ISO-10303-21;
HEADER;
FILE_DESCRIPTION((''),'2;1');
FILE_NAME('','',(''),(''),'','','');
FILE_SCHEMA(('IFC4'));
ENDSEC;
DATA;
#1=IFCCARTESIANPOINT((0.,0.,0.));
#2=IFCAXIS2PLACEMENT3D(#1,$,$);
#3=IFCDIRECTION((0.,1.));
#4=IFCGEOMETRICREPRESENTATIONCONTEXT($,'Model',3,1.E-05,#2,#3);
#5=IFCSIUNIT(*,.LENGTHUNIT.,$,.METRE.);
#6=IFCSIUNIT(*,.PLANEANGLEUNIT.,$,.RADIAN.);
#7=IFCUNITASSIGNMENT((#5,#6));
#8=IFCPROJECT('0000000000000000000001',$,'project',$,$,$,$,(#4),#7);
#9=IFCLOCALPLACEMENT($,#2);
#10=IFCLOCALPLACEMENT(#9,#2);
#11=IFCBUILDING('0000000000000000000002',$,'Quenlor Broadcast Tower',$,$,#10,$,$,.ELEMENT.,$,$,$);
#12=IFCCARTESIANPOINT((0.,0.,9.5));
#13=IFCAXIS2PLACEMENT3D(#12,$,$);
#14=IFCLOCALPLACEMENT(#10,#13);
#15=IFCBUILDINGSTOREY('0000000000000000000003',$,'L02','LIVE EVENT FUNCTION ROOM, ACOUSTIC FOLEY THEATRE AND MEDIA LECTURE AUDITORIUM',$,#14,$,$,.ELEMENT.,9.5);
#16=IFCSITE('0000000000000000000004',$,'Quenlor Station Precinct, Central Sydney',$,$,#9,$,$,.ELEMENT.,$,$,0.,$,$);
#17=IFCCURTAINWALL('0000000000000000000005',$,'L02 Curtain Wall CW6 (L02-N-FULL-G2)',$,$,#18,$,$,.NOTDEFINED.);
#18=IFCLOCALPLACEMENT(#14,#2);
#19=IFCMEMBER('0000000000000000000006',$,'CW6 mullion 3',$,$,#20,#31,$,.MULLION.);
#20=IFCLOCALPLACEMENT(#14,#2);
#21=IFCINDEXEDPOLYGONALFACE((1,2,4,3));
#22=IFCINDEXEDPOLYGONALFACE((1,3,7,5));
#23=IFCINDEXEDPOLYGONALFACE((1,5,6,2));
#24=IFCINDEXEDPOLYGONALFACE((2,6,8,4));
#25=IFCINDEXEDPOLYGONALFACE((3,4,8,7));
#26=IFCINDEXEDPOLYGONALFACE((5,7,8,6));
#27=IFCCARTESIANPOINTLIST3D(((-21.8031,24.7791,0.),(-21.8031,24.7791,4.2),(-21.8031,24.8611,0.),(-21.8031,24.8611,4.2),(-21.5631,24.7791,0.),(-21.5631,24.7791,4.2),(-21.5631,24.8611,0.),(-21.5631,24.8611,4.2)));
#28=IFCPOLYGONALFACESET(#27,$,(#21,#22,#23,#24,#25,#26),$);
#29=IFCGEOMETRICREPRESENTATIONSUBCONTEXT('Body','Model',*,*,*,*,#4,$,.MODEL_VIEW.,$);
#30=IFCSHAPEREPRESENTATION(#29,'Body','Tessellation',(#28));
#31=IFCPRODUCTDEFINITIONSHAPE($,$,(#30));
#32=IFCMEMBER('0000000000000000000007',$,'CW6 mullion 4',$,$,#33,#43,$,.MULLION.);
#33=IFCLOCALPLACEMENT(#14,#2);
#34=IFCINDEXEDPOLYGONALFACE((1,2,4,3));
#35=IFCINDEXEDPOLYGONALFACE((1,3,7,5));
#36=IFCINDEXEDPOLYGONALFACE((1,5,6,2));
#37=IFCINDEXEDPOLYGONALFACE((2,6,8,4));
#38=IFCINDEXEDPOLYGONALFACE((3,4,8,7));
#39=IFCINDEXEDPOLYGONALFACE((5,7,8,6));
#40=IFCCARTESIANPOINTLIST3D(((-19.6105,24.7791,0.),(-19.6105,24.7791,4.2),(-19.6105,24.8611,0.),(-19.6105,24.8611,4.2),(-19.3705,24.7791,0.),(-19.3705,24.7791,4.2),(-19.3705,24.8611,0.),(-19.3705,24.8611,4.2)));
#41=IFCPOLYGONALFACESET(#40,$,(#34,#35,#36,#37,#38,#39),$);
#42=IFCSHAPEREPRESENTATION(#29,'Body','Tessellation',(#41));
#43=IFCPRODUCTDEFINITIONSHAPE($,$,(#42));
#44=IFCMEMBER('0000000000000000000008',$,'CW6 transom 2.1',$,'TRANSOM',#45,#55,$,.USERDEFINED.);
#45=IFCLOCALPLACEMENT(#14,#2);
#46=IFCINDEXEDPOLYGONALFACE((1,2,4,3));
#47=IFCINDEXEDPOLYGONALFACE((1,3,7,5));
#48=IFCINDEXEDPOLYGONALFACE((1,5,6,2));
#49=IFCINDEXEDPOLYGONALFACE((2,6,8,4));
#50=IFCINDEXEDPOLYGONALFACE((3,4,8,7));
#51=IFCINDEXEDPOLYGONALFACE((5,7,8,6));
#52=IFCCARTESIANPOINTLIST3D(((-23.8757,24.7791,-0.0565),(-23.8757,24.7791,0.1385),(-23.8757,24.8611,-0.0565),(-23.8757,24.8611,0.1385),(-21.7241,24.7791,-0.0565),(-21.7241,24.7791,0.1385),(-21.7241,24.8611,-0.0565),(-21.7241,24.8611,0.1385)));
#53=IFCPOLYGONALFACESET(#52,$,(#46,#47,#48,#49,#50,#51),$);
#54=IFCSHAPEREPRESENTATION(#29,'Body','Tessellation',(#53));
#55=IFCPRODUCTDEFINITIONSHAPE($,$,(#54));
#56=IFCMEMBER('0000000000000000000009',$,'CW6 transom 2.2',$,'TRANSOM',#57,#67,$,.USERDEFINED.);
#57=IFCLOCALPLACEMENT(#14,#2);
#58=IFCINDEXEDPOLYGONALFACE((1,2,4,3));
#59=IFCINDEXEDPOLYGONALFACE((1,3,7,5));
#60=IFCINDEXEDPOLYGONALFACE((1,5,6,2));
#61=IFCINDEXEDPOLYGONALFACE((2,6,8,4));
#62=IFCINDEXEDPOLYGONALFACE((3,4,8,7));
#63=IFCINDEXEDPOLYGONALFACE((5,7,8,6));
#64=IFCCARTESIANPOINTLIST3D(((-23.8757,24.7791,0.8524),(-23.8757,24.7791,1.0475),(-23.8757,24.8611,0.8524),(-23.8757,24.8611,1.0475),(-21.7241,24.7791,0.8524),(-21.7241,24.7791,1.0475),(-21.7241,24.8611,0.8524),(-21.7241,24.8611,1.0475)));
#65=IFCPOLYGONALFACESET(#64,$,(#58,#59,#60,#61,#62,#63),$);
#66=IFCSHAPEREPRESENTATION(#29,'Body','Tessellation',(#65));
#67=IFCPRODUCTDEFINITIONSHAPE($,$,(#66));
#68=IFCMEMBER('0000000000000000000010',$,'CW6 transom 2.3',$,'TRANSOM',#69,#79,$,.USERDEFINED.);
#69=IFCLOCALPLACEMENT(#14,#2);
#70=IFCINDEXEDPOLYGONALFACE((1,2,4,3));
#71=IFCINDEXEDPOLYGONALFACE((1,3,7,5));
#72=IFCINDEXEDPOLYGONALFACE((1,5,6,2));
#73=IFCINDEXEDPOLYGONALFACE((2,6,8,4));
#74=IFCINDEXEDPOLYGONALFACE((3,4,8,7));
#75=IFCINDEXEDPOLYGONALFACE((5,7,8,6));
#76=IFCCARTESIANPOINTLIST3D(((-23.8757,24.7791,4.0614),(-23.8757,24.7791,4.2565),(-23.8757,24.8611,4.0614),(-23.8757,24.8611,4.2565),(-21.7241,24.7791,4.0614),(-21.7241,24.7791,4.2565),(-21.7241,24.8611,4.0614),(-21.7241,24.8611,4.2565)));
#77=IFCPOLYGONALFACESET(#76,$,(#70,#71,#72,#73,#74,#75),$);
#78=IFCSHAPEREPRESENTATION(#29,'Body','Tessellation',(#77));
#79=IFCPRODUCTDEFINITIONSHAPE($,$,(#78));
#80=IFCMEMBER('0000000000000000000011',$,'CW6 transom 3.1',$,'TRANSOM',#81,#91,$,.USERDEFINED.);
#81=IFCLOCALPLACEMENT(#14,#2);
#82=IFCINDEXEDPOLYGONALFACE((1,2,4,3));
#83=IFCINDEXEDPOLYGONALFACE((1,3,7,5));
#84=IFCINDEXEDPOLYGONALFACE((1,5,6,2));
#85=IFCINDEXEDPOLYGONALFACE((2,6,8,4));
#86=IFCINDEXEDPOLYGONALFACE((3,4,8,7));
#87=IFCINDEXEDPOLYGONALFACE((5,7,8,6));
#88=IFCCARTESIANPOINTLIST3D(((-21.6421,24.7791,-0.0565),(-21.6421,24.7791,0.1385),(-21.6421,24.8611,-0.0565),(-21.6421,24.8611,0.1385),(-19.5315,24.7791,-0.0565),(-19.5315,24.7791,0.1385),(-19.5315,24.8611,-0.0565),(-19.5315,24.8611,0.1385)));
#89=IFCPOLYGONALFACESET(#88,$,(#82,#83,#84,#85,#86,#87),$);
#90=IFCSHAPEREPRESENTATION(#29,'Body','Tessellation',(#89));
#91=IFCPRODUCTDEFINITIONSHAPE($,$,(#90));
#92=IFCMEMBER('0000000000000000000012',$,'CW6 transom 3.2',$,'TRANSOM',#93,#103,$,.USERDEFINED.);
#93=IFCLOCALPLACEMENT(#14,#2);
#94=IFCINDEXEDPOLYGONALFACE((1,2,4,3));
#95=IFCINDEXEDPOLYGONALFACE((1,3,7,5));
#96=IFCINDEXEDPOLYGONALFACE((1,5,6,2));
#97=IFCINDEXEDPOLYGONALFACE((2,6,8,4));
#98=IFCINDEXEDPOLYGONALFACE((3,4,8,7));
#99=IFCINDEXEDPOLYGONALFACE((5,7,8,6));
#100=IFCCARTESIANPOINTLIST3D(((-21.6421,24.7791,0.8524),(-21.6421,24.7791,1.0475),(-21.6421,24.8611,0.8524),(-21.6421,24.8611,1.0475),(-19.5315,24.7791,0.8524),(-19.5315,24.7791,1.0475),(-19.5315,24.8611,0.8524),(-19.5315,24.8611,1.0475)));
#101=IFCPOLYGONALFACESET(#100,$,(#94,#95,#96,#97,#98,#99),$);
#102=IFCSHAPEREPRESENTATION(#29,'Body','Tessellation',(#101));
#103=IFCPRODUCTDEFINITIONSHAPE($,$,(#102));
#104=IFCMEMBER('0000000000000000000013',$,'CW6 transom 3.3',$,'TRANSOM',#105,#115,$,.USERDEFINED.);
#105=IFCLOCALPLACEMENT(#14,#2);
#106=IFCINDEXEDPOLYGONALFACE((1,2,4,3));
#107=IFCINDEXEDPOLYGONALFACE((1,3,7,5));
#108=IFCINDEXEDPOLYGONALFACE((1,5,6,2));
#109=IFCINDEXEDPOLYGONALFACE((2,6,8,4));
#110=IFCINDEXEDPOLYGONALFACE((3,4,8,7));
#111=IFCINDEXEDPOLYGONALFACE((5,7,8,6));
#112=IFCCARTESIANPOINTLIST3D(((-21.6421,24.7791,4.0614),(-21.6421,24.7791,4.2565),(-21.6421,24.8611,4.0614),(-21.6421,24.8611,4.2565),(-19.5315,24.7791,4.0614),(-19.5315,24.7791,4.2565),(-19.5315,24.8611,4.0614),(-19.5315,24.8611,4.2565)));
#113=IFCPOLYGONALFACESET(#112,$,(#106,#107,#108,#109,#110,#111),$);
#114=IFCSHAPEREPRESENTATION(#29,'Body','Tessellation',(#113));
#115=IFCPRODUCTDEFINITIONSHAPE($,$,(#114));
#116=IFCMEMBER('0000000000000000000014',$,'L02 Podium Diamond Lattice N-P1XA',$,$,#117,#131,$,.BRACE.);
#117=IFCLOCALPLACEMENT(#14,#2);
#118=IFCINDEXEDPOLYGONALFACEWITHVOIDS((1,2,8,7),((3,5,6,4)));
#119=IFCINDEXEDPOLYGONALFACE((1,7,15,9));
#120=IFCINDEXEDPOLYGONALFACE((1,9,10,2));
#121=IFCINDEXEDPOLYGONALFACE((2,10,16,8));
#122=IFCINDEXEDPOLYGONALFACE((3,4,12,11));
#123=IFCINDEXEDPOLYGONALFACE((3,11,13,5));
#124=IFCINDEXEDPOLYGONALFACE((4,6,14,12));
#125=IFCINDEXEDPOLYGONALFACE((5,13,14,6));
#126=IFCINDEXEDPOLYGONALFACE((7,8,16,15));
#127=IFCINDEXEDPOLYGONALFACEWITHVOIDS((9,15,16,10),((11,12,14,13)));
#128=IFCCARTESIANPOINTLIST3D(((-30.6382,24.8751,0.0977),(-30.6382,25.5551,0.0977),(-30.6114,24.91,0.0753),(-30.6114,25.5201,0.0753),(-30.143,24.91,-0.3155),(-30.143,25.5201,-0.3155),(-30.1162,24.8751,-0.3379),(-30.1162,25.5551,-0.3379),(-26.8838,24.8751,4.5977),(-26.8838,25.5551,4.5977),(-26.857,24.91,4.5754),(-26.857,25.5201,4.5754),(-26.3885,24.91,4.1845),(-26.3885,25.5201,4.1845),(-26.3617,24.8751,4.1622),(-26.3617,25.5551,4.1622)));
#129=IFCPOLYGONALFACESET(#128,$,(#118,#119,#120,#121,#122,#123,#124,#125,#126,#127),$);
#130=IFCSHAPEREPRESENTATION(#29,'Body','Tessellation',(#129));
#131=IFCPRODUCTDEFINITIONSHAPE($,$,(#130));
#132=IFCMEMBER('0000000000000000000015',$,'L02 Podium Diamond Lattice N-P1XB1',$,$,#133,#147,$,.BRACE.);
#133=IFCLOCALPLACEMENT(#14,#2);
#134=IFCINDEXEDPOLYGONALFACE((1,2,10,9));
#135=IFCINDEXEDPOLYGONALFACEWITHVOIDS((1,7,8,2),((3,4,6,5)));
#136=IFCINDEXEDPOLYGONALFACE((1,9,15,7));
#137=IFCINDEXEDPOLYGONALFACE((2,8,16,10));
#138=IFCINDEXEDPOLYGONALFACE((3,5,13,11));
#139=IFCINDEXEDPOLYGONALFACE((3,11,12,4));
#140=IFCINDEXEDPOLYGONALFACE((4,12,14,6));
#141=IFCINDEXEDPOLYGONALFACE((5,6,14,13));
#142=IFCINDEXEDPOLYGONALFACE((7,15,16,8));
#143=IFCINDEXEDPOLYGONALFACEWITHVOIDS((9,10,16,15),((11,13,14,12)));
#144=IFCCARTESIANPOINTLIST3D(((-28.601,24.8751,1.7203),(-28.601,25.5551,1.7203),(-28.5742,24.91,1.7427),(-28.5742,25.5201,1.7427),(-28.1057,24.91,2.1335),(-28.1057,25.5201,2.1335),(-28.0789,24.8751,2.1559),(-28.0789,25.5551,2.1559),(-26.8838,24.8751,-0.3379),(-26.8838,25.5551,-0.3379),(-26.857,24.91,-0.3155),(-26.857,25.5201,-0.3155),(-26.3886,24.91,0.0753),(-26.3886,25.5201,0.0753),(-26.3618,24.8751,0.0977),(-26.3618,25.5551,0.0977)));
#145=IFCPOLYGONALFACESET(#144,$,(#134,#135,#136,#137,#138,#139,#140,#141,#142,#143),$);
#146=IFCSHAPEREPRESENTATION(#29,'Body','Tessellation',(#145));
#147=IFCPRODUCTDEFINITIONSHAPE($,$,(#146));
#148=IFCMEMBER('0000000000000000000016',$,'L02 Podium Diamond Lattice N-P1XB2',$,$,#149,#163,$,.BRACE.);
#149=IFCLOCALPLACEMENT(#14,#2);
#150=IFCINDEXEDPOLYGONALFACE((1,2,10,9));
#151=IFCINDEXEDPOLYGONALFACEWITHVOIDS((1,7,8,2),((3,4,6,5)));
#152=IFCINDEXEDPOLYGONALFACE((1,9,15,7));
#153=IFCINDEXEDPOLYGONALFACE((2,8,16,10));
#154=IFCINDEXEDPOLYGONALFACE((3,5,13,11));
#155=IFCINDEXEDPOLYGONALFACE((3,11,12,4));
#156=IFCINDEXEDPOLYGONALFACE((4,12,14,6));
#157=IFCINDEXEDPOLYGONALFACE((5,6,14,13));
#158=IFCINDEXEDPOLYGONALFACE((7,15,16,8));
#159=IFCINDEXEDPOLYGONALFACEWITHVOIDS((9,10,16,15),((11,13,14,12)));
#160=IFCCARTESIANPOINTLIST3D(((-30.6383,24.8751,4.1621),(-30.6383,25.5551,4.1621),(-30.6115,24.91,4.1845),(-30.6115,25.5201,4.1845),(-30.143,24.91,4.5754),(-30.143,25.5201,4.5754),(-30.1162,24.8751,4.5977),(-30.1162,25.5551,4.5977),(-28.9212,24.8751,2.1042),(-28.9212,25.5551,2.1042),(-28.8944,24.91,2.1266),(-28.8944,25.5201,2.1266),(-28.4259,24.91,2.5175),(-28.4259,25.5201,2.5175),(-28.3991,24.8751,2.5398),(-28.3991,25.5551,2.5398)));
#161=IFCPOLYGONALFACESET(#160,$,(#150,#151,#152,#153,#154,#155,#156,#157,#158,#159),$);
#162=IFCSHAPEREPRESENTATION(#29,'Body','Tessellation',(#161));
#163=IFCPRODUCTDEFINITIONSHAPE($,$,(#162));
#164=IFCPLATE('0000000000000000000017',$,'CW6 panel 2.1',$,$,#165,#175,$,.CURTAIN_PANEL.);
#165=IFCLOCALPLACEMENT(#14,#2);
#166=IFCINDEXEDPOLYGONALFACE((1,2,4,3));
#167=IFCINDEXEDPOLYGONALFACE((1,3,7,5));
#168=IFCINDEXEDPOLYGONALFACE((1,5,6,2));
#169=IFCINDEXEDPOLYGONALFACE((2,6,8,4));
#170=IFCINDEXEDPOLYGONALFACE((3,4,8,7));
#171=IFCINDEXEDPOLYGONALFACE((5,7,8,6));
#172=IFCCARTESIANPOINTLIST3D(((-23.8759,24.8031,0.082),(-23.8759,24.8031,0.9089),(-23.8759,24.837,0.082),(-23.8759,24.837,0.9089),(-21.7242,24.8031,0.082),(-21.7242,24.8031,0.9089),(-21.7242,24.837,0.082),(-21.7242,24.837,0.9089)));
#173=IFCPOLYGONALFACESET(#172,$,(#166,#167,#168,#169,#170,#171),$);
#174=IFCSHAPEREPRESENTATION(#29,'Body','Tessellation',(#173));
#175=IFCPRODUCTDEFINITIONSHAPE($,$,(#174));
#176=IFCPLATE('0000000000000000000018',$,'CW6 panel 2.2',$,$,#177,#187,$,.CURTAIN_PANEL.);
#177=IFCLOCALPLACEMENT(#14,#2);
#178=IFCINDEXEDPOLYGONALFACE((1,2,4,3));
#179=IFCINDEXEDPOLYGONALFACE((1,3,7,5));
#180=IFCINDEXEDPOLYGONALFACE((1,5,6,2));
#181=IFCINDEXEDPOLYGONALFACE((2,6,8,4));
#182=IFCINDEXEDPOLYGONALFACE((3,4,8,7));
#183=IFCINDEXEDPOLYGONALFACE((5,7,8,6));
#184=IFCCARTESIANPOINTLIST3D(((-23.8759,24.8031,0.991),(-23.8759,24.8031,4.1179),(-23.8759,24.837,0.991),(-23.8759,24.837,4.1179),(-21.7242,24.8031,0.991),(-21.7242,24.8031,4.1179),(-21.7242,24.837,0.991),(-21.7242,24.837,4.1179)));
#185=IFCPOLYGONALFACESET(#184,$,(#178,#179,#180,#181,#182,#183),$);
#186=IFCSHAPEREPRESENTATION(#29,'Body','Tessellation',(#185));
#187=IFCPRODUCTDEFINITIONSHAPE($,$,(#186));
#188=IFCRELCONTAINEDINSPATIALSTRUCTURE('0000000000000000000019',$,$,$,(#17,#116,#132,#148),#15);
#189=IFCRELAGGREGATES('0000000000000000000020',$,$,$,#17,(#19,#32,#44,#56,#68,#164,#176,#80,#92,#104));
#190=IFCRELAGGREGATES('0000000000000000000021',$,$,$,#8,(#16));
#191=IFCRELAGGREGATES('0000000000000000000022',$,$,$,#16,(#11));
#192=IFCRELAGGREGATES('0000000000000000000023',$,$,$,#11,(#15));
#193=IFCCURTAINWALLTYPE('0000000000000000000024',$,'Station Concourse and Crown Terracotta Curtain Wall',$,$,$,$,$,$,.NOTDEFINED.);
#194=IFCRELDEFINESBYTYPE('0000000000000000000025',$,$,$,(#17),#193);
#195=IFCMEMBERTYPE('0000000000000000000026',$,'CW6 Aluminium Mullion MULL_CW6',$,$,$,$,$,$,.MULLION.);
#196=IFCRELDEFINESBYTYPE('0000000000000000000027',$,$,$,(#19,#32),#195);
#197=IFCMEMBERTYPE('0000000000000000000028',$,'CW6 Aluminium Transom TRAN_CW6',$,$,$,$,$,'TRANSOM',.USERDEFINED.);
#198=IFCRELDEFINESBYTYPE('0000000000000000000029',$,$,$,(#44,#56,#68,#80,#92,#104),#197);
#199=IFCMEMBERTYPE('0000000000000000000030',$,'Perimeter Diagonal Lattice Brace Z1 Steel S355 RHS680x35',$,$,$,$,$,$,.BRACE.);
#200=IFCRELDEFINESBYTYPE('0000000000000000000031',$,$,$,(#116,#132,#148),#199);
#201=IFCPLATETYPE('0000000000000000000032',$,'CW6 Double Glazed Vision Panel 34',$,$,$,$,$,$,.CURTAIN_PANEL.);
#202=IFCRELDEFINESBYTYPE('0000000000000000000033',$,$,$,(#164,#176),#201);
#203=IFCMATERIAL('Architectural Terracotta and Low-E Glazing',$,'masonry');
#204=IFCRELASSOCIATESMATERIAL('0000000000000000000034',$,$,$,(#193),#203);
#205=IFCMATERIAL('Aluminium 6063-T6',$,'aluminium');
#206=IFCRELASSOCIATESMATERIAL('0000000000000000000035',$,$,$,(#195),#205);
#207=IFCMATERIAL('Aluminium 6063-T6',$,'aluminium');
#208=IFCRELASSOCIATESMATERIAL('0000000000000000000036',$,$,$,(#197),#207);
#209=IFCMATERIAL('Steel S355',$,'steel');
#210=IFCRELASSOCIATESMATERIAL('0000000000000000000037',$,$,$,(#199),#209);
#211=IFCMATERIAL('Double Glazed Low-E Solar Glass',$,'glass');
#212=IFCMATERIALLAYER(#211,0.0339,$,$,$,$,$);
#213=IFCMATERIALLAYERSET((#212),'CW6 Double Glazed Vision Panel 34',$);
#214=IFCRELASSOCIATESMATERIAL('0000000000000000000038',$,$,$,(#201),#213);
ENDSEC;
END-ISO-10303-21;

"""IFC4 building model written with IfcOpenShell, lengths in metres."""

from ifc_helpers import new_model, si_unit, direction, frame, origin, origin_2d, place, context, subcontext, project, spatial, rectangle, hollow_rectangle, extrude, material, layer, layer_set, material_profile, profile_set, type_object, element, aggregate, save


model = new_model("IFC4")

# Units and contexts
model_context = context("Model", 3, precision=1e-05, world=origin(), true_north=direction((0.0, 1.0)))
body_context = subcontext(model_context, "Body", "Model", "MODEL_VIEW")
ifc_project = project(units=[si_unit("LENGTHUNIT", "METRE"), si_unit("PLANEANGLEUNIT", "RADIAN")], contexts=[model_context])

# Site, building, storey
site_placement = place(None, origin())
site = spatial("IfcSite", under=ifc_project, at=site_placement, Name="Quenlor Station Precinct, Central Sydney", CompositionType="ELEMENT", RefElevation=0.0)
building_placement = place(site_placement, origin())
building = spatial("IfcBuilding", under=site, at=building_placement, Name="Quenlor Broadcast Tower", CompositionType="ELEMENT")
storey_placement = place(building_placement, frame((0.0, 0.0, 9.5)))
storey = spatial("IfcBuildingStorey", under=building, at=storey_placement, Name="L02", Description="LIVE EVENT FUNCTION ROOM, ACOUSTIC FOLEY THEATRE AND MEDIA LECTURE AUDITORIUM", CompositionType="ELEMENT", Elevation=9.5)

# Curtain wall, members
ifc_material_1 = material(Name="Architectural Terracotta and Low-E Glazing", Category="masonry")
curtain_wall_type = type_object("IfcCurtainWallType", Name="Station Concourse and Crown Terracotta Curtain Wall", PredefinedType="NOTDEFINED", material=ifc_material_1)
curtain_wall_placement = place(storey_placement, origin())
curtain_wall = element("IfcCurtainWall", 1, at=curtain_wall_placement, inside=storey, type_object=curtain_wall_type, Name="L02 Curtain Wall CW6 (L02-N-FULL-G2)", PredefinedType="NOTDEFINED")
ifc_material_2 = material(Name="Aluminium 6063-T6", Category="aluminium")
ifc_material_profile_1 = material_profile(ifc_material_2, rectangle(XDim=0.082, YDim=0.24, at=origin_2d()))
ifc_profile_set_1 = profile_set([ifc_material_profile_1], Name="Aluminium 6063-T6 MULL82x240")
member_type_1 = type_object("IfcMemberType", Name="CW6 Aluminium Mullion MULL_CW6", PredefinedType="MULLION", material=ifc_profile_set_1)
member_1_placement = place(storey_placement, frame((-21.6831, 24.8201, 0.0), z_axis=(0.0, 0.0, 1.0), x_axis=(0.0, 1.0, 0.0)))
member_1 = element("IfcMember", 2, at=member_1_placement, type_object=member_type_1, Name="CW6 mullion 3", PredefinedType="MULLION", context=body_context, shape_type="SweptSolid", body=[
    extrude(rectangle(XDim=0.082, YDim=0.24, at=origin_2d()), origin(), (0.0, 0.0, 1.0), 4.2),
])
member_2_placement = place(storey_placement, frame((-19.4905, 24.8201, 0.0), z_axis=(0.0, 0.0, 1.0), x_axis=(0.0, 1.0, 0.0)))
member_2 = element("IfcMember", 3, at=member_2_placement, type_object=member_type_1, Name="CW6 mullion 4", PredefinedType="MULLION", context=body_context, shape_type="SweptSolid", body=[
    extrude(rectangle(XDim=0.082, YDim=0.24, at=origin_2d()), origin(), (0.0, 0.0, 1.0), 4.2),
])
ifc_material_3 = material(Name="Aluminium 6063-T6", Category="aluminium")
ifc_material_profile_2 = material_profile(ifc_material_3, rectangle(XDim=0.082, YDim=0.1951, at=origin_2d()))
ifc_profile_set_2 = profile_set([ifc_material_profile_2], Name="Aluminium 6063-T6 TRAN82x195")
member_type_2 = type_object("IfcMemberType", Name="CW6 Aluminium Transom TRAN_CW6", ElementType="TRANSOM", PredefinedType="USERDEFINED", material=ifc_profile_set_2)
member_3_placement = place(storey_placement, frame((-23.8757, 24.8201, 0.041), z_axis=(1.0, 0.0, 0.0), x_axis=(0.0, 1.0, 0.0)))
member_3 = element("IfcMember", 4, at=member_3_placement, type_object=member_type_2, Name="CW6 transom 2.1", ObjectType="TRANSOM", PredefinedType="USERDEFINED", context=body_context, shape_type="SweptSolid", body=[
    extrude(rectangle(XDim=0.082, YDim=0.1951, at=origin_2d()), origin(), (0.0, 0.0, 1.0), 2.1516),
])
member_4_placement = place(storey_placement, frame((-23.8757, 24.8201, 0.95), z_axis=(1.0, 0.0, 0.0), x_axis=(0.0, 1.0, 0.0)))
member_4 = element("IfcMember", 5, at=member_4_placement, type_object=member_type_2, Name="CW6 transom 2.2", ObjectType="TRANSOM", PredefinedType="USERDEFINED", context=body_context, shape_type="SweptSolid", body=[
    extrude(rectangle(XDim=0.082, YDim=0.1951, at=origin_2d()), origin(), (0.0, 0.0, 1.0), 2.1516),
])
member_5_placement = place(storey_placement, frame((-23.8757, 24.8201, 4.1589), z_axis=(1.0, 0.0, 0.0), x_axis=(0.0, 1.0, 0.0)))
member_5 = element("IfcMember", 6, at=member_5_placement, type_object=member_type_2, Name="CW6 transom 2.3", ObjectType="TRANSOM", PredefinedType="USERDEFINED", context=body_context, shape_type="SweptSolid", body=[
    extrude(rectangle(XDim=0.082, YDim=0.1951, at=origin_2d()), origin(), (0.0, 0.0, 1.0), 2.1516),
])
member_6_placement = place(storey_placement, frame((-21.6421, 24.8201, 0.041), z_axis=(1.0, 0.0, 0.0), x_axis=(0.0, 1.0, 0.0)))
member_6 = element("IfcMember", 7, at=member_6_placement, type_object=member_type_2, Name="CW6 transom 3.1", ObjectType="TRANSOM", PredefinedType="USERDEFINED", context=body_context, shape_type="SweptSolid", body=[
    extrude(rectangle(XDim=0.082, YDim=0.1951, at=origin_2d()), origin(), (0.0, 0.0, 1.0), 2.1106),
])
member_7_placement = place(storey_placement, frame((-21.6421, 24.8201, 0.95), z_axis=(1.0, 0.0, 0.0), x_axis=(0.0, 1.0, 0.0)))
member_7 = element("IfcMember", 8, at=member_7_placement, type_object=member_type_2, Name="CW6 transom 3.2", ObjectType="TRANSOM", PredefinedType="USERDEFINED", context=body_context, shape_type="SweptSolid", body=[
    extrude(rectangle(XDim=0.082, YDim=0.1951, at=origin_2d()), origin(), (0.0, 0.0, 1.0), 2.1106),
])
member_8_placement = place(storey_placement, frame((-21.6421, 24.8201, 4.1589), z_axis=(1.0, 0.0, 0.0), x_axis=(0.0, 1.0, 0.0)))
member_8 = element("IfcMember", 9, at=member_8_placement, type_object=member_type_2, Name="CW6 transom 3.3", ObjectType="TRANSOM", PredefinedType="USERDEFINED", context=body_context, shape_type="SweptSolid", body=[
    extrude(rectangle(XDim=0.082, YDim=0.1951, at=origin_2d()), origin(), (0.0, 0.0, 1.0), 2.1106),
])

# Members
ifc_material_4 = material(Name="Steel S355", Category="steel")
ifc_material_profile_3 = material_profile(ifc_material_4, hollow_rectangle(XDim=0.6799, YDim=0.6799, WallThickness=0.0349, at=origin_2d()))
ifc_profile_set_3 = profile_set([ifc_material_profile_3], Name="Steel S355 RHS680x680x35")
member_type_3 = type_object("IfcMemberType", Name="Perimeter Diagonal Lattice Brace Z1 Steel S355 RHS680x35", PredefinedType="BRACE", material=ifc_profile_set_3)
member_9_placement = place(storey_placement, frame((-30.3772, 25.2151, -0.1201), z_axis=(0.640627, 0.0, 0.767852), x_axis=(0.0, 1.0, 0.0)))
element("IfcMember", 10, at=member_9_placement, inside=storey, type_object=member_type_3, Name="L02 Podium Diamond Lattice N-P1XA", PredefinedType="BRACE", context=body_context, shape_type="SweptSolid", body=[
    extrude(hollow_rectangle(XDim=0.6799, YDim=0.6799, WallThickness=0.0349, at=origin_2d()), origin(), (0.0, 0.0, 1.0), 5.8606),
])
member_10_placement = place(storey_placement, frame((-26.6228, 25.2151, -0.1201), z_axis=(-0.640614, 0.0, 0.767863), x_axis=(0.0, -1.0, 0.0)))
element("IfcMember", 11, at=member_10_placement, inside=storey, type_object=member_type_3, Name="L02 Podium Diamond Lattice N-P1XB1", PredefinedType="BRACE", context=body_context, shape_type="SweptSolid", body=[
    extrude(hollow_rectangle(XDim=0.6799, YDim=0.6799, WallThickness=0.0349, at=origin_2d()), origin(), (0.0, 0.0, 1.0), 2.6804),
])
member_11_placement = place(storey_placement, frame((-28.6602, 25.2151, 2.322), z_axis=(-0.640659, 0.0, 0.767825), x_axis=(0.0, -1.0, 0.0)))
element("IfcMember", 12, at=member_11_placement, inside=storey, type_object=member_type_3, Name="L02 Podium Diamond Lattice N-P1XB2", PredefinedType="BRACE", context=body_context, shape_type="SweptSolid", body=[
    extrude(hollow_rectangle(XDim=0.6799, YDim=0.6799, WallThickness=0.0349, at=origin_2d()), origin(), (0.0, 0.0, 1.0), 2.6802),
])

# Plates
ifc_material_5 = material(Name="Double Glazed Low-E Solar Glass", Category="glass")
ifc_layer_1 = layer(ifc_material_5, 0.0339)
ifc_layer_set_1 = layer_set([ifc_layer_1], Name="CW6 Double Glazed Vision Panel 34")
plate_type_1 = type_object("IfcPlateType", Name="CW6 Double Glazed Vision Panel 34", PredefinedType="CURTAIN_PANEL", material=ifc_layer_set_1)
plate_1_placement = place(storey_placement, frame((-22.8, 24.8201, 0.082), z_axis=(0.0, 0.0, 1.0), x_axis=(1.0, 0.0, 0.0)))
plate_1 = element("IfcPlate", 13, at=plate_1_placement, type_object=plate_type_1, Name="CW6 panel 2.1", PredefinedType="CURTAIN_PANEL", context=body_context, shape_type="SweptSolid", body=[
    extrude(rectangle(XDim=2.1516, YDim=0.0339, at=origin_2d()), origin(), (0.0, 0.0, 1.0), 0.8269),
])
plate_2_placement = place(storey_placement, frame((-22.8, 24.8201, 0.991), z_axis=(0.0, 0.0, 1.0), x_axis=(1.0, 0.0, 0.0)))
plate_2 = element("IfcPlate", 14, at=plate_2_placement, type_object=plate_type_1, Name="CW6 panel 2.2", PredefinedType="CURTAIN_PANEL", context=body_context, shape_type="SweptSolid", body=[
    extrude(rectangle(XDim=2.1516, YDim=0.0339, at=origin_2d()), origin(), (0.0, 0.0, 1.0), 3.127),
])
aggregate(curtain_wall, [member_1, member_2, member_3, member_4, member_5, plate_1, plate_2, member_6, member_7, member_8])

save(model, "model.ifc")
